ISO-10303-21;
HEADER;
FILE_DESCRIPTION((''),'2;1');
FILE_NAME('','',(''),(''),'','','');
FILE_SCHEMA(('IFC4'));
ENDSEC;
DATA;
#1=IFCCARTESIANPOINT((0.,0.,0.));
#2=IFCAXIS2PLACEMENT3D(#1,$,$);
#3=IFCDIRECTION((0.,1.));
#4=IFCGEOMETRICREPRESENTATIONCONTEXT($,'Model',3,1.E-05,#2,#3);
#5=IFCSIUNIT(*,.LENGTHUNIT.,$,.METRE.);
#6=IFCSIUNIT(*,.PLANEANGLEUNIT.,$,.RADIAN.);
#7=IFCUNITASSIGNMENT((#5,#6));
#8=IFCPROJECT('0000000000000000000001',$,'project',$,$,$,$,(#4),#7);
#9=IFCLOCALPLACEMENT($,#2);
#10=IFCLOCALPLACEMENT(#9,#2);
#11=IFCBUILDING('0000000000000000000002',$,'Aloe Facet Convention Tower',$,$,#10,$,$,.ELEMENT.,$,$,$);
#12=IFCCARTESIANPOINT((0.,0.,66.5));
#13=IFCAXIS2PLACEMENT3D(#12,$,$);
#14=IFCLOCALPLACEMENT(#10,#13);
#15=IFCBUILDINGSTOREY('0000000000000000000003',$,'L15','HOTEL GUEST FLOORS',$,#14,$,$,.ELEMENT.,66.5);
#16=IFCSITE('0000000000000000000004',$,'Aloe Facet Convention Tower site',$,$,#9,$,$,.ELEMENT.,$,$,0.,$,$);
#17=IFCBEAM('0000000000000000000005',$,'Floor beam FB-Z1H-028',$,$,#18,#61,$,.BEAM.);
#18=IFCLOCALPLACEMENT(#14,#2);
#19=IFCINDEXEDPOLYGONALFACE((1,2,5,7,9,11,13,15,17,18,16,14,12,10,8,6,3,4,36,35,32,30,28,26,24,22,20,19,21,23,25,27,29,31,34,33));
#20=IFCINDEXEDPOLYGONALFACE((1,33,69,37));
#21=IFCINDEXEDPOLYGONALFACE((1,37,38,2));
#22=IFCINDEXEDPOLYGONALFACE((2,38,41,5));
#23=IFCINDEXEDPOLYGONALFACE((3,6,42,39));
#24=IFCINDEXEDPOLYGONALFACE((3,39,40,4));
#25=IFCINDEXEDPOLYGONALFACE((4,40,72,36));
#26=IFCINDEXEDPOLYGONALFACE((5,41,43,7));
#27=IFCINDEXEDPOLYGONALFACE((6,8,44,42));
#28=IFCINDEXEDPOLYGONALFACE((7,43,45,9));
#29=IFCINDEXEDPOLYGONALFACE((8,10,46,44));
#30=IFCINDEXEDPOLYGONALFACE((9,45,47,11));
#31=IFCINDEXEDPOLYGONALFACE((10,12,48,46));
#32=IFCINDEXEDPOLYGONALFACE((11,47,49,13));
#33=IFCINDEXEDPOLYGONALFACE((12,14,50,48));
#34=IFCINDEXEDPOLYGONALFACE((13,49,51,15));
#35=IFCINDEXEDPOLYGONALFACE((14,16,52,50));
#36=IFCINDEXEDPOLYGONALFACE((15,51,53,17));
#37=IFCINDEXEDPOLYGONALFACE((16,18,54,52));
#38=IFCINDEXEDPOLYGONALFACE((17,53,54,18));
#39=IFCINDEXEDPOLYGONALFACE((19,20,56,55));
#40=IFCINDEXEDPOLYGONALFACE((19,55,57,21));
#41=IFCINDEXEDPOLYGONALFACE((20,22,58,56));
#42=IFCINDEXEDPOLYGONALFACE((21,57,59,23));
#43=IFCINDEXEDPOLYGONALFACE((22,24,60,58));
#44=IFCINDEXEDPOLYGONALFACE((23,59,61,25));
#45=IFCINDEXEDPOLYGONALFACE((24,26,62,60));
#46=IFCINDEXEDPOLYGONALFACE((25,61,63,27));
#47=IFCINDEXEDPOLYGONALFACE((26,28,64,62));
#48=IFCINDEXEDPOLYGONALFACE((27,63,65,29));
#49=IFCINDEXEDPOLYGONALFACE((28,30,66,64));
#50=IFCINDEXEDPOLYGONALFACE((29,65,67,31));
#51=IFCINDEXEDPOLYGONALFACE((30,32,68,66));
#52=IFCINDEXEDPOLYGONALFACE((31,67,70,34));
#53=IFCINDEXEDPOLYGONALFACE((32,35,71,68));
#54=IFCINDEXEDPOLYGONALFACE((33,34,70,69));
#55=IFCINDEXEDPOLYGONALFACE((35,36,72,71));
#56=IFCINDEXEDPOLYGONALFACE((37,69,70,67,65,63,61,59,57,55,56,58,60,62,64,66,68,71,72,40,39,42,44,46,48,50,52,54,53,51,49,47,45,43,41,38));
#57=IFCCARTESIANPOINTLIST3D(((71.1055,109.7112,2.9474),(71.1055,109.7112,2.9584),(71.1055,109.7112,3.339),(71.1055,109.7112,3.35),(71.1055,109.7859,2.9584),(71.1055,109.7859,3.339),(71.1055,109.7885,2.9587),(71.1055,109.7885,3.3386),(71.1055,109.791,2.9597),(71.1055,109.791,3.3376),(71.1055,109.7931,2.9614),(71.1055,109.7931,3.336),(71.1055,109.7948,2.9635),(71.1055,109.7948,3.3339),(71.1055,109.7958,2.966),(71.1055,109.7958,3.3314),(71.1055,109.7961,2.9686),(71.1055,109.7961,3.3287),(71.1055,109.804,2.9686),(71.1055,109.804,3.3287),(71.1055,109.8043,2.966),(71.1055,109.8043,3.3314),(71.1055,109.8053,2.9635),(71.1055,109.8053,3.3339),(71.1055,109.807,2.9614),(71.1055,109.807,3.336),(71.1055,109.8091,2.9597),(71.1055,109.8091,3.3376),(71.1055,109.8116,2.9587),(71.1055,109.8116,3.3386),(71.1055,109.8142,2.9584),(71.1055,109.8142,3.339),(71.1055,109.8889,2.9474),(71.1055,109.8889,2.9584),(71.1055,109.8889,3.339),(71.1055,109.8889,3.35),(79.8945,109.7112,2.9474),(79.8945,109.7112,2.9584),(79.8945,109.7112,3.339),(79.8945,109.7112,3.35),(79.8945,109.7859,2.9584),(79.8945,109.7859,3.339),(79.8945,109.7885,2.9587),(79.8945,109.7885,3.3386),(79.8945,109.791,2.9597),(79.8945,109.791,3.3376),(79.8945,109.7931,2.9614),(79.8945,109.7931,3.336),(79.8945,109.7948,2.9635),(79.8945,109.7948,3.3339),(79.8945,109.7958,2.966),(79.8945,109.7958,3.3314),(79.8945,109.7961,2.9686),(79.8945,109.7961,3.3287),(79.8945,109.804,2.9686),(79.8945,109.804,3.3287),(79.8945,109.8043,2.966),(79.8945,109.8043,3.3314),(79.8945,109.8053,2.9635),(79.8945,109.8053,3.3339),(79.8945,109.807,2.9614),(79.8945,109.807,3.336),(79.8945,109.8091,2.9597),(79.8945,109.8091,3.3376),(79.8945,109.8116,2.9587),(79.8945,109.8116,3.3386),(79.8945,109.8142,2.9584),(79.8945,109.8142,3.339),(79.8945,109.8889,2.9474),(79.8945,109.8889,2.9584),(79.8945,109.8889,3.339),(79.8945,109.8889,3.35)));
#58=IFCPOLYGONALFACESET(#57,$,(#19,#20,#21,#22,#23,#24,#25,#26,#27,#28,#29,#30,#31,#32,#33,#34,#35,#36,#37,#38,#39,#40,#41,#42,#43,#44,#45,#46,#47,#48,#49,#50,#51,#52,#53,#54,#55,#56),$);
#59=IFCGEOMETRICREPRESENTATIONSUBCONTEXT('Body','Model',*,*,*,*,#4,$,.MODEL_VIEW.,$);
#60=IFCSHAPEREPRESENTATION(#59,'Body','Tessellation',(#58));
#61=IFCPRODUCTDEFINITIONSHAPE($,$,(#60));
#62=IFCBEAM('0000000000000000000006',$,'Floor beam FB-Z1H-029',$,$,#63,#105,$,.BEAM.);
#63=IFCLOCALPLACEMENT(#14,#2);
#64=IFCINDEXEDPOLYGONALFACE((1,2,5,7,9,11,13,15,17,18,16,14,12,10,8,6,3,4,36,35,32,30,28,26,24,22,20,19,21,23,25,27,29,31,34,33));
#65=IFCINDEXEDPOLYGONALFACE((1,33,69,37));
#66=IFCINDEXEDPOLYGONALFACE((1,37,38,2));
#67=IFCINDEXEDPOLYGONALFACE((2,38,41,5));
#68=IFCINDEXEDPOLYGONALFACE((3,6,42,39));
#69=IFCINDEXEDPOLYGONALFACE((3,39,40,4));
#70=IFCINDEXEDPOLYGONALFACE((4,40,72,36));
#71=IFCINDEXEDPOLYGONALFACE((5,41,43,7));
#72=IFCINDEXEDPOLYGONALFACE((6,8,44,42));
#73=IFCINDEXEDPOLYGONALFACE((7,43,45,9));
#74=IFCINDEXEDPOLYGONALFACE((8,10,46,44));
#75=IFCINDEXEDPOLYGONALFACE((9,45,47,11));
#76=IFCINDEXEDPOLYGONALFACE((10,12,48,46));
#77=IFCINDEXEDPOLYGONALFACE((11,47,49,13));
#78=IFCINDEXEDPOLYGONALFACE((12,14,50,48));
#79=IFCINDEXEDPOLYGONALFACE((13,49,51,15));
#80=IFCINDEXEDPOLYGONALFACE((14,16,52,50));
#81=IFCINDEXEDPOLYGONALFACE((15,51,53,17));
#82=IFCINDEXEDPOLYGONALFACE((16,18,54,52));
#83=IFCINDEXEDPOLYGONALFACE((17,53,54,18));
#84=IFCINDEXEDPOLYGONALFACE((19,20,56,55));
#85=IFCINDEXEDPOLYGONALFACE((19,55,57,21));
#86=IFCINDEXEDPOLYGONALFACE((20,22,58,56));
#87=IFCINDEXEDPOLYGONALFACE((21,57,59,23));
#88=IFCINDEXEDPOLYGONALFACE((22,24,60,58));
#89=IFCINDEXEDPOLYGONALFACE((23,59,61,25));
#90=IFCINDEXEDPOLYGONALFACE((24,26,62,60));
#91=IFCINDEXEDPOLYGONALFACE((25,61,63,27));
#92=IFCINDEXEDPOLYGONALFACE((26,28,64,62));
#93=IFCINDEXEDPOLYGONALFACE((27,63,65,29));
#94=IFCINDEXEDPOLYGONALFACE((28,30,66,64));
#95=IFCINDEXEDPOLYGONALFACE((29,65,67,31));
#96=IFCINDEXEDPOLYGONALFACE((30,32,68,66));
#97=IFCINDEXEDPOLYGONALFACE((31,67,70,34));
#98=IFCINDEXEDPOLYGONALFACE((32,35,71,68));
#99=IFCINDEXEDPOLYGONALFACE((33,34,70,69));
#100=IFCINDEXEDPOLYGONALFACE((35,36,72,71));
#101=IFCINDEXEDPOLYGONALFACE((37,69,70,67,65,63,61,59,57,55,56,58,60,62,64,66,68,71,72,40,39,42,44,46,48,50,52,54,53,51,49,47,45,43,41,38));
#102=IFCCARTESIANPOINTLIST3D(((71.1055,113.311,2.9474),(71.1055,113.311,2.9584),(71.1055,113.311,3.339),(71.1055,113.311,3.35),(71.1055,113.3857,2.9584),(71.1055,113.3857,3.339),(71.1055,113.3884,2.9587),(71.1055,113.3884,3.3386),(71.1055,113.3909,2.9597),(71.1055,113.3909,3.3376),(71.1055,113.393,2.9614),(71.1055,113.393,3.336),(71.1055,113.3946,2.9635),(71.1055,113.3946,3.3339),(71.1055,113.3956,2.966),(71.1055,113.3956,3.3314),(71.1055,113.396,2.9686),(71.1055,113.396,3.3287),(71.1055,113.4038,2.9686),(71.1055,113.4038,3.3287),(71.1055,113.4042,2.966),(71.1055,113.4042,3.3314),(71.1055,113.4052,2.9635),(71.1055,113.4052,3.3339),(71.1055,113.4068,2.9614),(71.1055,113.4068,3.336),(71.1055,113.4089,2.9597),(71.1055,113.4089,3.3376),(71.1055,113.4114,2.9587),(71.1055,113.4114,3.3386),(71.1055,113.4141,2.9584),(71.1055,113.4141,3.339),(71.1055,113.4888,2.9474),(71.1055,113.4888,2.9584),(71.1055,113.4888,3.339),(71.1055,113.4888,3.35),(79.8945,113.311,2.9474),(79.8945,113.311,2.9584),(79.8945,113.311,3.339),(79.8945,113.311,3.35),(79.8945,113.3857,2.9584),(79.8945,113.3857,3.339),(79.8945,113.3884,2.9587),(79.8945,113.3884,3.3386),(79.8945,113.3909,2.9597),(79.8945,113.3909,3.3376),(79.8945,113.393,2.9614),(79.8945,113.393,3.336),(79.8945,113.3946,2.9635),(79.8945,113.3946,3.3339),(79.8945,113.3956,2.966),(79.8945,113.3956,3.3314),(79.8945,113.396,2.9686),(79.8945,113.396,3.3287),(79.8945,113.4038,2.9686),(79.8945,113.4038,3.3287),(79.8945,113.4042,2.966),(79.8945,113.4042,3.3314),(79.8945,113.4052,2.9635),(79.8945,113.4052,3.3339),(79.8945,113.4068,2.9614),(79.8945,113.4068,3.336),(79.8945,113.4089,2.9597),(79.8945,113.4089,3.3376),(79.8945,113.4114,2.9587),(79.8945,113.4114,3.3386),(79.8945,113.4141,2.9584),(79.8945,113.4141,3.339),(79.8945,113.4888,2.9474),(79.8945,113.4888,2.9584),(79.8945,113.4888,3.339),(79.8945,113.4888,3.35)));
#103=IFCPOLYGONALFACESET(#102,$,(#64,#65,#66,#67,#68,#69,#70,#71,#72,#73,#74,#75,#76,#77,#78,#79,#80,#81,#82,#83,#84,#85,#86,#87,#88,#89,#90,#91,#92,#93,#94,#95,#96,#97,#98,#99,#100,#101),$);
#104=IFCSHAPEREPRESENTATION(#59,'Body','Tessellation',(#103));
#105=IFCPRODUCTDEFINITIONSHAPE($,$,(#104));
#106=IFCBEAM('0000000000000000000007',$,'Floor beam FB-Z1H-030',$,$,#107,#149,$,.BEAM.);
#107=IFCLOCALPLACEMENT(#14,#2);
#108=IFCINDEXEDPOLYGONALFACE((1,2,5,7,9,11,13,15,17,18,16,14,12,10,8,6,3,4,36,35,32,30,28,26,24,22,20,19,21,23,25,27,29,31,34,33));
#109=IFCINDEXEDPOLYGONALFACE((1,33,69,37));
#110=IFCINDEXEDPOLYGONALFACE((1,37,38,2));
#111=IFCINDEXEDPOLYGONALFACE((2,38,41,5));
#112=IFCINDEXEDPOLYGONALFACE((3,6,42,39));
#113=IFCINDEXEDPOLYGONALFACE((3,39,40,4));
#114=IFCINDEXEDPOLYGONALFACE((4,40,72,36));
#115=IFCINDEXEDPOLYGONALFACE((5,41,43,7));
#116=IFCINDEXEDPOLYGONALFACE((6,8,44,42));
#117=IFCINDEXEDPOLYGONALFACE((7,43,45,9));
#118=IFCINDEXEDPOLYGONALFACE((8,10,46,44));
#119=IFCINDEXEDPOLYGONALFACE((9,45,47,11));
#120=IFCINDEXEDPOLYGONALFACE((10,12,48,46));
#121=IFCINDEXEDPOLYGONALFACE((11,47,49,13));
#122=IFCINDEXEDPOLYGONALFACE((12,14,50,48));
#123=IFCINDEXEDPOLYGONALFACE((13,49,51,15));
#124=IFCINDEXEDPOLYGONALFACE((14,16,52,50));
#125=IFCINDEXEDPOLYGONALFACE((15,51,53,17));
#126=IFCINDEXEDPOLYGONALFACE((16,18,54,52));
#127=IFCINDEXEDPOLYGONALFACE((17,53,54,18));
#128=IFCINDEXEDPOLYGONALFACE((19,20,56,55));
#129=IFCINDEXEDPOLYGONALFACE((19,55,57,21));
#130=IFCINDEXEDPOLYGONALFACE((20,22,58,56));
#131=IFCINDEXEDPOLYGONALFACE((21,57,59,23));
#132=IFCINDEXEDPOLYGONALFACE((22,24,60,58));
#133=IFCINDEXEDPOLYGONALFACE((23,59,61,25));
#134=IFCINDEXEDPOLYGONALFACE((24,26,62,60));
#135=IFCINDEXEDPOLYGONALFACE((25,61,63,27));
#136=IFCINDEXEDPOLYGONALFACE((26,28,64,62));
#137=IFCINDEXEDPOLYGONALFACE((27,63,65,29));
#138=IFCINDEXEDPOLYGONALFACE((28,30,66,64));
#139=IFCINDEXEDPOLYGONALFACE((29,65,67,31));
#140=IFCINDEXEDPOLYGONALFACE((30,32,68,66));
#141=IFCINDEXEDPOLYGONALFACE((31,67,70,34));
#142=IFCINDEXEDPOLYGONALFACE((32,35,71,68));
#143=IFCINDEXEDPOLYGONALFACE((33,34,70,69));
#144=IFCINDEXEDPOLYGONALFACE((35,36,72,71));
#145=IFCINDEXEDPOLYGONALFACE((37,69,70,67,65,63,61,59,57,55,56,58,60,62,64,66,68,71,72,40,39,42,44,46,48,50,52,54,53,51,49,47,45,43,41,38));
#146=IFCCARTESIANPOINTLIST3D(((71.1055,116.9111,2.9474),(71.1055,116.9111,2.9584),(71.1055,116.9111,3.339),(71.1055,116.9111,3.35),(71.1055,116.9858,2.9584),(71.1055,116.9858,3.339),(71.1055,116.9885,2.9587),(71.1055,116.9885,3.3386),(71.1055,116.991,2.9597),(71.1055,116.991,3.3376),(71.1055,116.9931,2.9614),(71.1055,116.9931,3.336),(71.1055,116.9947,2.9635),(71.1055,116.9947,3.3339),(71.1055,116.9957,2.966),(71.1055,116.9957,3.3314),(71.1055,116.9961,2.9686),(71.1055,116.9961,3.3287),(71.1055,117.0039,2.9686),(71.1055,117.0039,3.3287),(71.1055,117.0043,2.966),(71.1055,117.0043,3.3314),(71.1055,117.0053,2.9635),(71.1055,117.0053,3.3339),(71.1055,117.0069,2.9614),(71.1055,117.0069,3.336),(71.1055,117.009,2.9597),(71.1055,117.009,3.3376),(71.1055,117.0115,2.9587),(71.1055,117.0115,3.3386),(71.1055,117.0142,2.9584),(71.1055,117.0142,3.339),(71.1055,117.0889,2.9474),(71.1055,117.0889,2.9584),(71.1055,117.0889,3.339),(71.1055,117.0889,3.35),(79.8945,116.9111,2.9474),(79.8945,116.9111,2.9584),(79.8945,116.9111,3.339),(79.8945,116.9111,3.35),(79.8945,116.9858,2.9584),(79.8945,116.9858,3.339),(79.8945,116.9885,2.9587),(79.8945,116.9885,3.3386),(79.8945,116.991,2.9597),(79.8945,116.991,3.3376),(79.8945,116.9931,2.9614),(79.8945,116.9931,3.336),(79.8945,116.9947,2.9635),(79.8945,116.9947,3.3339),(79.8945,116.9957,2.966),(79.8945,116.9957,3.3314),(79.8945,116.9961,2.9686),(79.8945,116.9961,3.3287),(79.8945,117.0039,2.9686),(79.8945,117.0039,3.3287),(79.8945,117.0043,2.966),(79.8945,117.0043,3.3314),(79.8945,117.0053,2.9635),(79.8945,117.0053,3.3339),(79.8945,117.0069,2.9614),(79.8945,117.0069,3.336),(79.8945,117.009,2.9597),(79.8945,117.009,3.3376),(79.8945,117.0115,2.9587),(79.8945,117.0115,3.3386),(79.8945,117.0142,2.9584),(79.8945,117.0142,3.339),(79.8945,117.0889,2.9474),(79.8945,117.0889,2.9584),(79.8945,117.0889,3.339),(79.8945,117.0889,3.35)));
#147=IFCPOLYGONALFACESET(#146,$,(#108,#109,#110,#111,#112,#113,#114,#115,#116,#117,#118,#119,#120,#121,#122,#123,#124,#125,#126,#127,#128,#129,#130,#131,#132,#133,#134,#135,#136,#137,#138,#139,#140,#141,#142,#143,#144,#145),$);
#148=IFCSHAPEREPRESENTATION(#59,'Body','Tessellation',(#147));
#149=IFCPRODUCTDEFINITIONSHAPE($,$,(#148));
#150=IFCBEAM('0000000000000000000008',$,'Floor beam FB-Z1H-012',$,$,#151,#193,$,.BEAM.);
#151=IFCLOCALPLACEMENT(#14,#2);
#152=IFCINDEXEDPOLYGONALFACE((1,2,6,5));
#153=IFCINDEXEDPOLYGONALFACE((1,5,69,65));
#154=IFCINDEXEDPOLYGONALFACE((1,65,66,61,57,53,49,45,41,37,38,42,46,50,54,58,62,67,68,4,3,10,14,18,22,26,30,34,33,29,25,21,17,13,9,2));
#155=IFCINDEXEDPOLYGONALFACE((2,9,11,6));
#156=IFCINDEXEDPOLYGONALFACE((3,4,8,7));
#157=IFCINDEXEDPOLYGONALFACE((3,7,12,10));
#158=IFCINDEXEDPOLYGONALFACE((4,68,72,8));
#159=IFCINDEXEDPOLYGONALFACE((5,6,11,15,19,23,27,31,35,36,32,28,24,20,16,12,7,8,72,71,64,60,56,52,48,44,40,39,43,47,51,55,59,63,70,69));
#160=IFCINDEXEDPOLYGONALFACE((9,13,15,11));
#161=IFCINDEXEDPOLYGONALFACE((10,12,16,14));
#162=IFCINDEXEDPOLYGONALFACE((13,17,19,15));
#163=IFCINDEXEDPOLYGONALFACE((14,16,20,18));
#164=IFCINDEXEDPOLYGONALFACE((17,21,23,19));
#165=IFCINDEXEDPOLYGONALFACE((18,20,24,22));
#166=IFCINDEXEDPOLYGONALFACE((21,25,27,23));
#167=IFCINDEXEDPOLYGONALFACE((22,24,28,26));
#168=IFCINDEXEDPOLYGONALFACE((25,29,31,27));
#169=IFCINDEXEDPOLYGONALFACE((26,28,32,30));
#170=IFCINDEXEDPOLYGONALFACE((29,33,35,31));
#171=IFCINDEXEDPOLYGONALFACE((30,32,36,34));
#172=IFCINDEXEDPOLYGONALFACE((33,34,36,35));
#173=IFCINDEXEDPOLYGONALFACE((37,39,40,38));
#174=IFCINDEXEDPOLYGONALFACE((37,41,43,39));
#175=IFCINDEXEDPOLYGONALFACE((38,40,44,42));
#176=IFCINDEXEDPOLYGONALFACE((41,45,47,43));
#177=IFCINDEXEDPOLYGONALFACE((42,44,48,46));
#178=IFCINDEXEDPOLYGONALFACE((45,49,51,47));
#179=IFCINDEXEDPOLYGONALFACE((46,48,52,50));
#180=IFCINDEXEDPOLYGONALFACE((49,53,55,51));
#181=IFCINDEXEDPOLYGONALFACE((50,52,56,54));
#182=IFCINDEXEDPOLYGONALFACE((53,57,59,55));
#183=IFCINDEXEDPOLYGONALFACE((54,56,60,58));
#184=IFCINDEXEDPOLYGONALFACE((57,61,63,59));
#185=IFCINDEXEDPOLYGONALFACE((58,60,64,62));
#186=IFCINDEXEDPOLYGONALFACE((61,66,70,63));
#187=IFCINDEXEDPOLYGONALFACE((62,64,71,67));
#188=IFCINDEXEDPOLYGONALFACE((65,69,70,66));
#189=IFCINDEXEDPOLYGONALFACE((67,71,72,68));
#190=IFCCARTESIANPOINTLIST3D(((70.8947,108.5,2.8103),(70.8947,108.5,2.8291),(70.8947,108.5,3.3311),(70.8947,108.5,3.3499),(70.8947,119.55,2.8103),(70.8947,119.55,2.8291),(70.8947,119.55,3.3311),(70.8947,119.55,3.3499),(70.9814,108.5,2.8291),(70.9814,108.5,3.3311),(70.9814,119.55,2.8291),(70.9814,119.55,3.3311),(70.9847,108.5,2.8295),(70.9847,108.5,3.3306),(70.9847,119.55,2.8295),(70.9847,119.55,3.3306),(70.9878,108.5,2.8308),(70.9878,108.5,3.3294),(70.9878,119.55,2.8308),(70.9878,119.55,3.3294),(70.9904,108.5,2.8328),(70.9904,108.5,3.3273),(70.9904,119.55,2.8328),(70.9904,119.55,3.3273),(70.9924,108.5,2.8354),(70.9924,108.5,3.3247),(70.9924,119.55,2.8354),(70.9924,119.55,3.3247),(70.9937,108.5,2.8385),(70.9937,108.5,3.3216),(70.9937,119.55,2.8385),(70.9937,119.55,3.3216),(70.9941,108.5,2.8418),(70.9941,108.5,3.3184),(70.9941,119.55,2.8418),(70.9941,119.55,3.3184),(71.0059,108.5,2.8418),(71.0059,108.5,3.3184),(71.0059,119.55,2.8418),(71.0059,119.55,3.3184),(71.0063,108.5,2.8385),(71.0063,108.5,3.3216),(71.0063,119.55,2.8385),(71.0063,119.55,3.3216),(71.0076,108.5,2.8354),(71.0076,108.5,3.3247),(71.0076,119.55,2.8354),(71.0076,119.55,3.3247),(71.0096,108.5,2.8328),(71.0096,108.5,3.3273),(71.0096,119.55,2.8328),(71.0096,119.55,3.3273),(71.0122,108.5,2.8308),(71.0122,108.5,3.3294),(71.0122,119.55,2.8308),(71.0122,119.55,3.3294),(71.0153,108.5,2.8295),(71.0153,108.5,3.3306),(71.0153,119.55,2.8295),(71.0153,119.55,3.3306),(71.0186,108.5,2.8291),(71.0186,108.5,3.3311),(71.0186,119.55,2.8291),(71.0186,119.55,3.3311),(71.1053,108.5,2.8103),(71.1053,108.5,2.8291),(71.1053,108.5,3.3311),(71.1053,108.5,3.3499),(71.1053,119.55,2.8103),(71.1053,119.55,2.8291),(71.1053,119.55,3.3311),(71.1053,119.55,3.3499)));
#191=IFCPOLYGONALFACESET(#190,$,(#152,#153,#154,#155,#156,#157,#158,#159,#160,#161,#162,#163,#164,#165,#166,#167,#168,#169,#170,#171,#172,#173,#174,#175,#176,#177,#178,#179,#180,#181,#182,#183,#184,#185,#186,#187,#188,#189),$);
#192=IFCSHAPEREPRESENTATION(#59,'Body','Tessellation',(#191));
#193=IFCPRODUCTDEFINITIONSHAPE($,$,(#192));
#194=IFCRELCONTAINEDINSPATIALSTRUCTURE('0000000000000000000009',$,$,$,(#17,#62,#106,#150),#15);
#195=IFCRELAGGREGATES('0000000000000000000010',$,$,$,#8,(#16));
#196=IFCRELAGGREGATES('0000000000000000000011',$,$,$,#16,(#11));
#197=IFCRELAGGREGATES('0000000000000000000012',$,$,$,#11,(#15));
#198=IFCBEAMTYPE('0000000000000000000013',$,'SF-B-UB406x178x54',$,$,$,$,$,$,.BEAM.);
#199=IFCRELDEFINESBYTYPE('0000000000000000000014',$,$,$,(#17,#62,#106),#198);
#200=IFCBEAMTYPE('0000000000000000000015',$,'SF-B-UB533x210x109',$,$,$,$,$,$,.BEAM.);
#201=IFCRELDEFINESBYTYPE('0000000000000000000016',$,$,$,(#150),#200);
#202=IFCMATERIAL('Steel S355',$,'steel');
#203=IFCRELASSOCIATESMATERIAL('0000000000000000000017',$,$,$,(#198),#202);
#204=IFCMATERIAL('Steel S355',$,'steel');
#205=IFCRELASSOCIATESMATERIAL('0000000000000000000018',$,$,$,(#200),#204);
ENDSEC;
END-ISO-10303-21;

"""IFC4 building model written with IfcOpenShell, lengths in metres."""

from ifc_helpers import new_model, si_unit, direction, frame, origin, origin_2d, place, context, subcontext, project, spatial, i_section, extrude, material, material_profile, profile_set, type_object, element, save


model = new_model("IFC4")

# Units and contexts
model_context = context("Model", 3, precision=1e-05, world=origin(), true_north=direction((0.0, 1.0)))
body_context = subcontext(model_context, "Body", "Model", "MODEL_VIEW")
ifc_project = project(units=[si_unit("LENGTHUNIT", "METRE"), si_unit("PLANEANGLEUNIT", "RADIAN")], contexts=[model_context])

# Site, building, storey
site_placement = place(None, origin())
site = spatial("IfcSite", under=ifc_project, at=site_placement, Name="Aloe Facet Convention Tower site", CompositionType="ELEMENT", RefElevation=0.0)
building_placement = place(site_placement, origin())
building = spatial("IfcBuilding", under=site, at=building_placement, Name="Aloe Facet Convention Tower", CompositionType="ELEMENT")
storey_placement = place(building_placement, frame((0.0, 0.0, 66.5)))
storey = spatial("IfcBuildingStorey", under=building, at=storey_placement, Name="L15", Description="HOTEL GUEST FLOORS", CompositionType="ELEMENT", Elevation=66.5)

# Beams
ifc_material_1 = material(Name="Steel S355", Category="steel")
ifc_material_profile_1 = material_profile(ifc_material_1, i_section(OverallWidth=0.1777, OverallDepth=0.4026, WebThickness=0.0078, FlangeThickness=0.011, FilletRadius=0.0103, at=origin_2d()), Name="UB 406x178x54")
ifc_profile_set_1 = profile_set([ifc_material_profile_1], Name="Steel S355")
beam_type_1 = type_object("IfcBeamType", Name="SF-B-UB406x178x54", PredefinedType="BEAM", material=ifc_profile_set_1)
for number, where, z_axis, x_axis, name in (
    (1, (71.1055, 109.8, 3.1487), (1.0, 0.0, 0.0), (0.0, 1.0, 0.0), "Floor beam FB-Z1H-028"),
    (2, (71.1055, 113.3999, 3.1487), (1.0, 0.0, 0.0), (0.0, 1.0, 0.0), "Floor beam FB-Z1H-029"),
    (3, (71.1055, 117.0, 3.1487), (1.0, 0.0, 0.0), (0.0, 1.0, 0.0), "Floor beam FB-Z1H-030"),
):
    element("IfcBeam", number, at=place(storey_placement, frame(where, z_axis=z_axis, x_axis=x_axis)), inside=storey, type_object=beam_type_1, Name=name, PredefinedType="BEAM", context=body_context, shape_type="SweptSolid", body=[
        extrude(i_section(OverallWidth=0.1777, OverallDepth=0.4026, WebThickness=0.0078, FlangeThickness=0.011, FilletRadius=0.0103, at=origin_2d()), origin(), (0.0, 0.0, 1.0), 8.7891),
    ])
ifc_material_2 = material(Name="Steel S355", Category="steel")
ifc_material_profile_2 = material_profile(ifc_material_2, i_section(OverallWidth=0.2107, OverallDepth=0.5396, WebThickness=0.0117, FlangeThickness=0.0188, FilletRadius=0.0127, at=origin_2d()), Name="UB 533x210x109")
ifc_profile_set_2 = profile_set([ifc_material_profile_2], Name="Steel S355")
beam_type_2 = type_object("IfcBeamType", Name="SF-B-UB533x210x109", PredefinedType="BEAM", material=ifc_profile_set_2)
beam_placement = place(storey_placement, frame((71.0, 119.55, 3.0801), z_axis=(0.0, -1.0, 0.0), x_axis=(1.0, 0.0, 0.0)))
element("IfcBeam", 4, at=beam_placement, inside=storey, type_object=beam_type_2, Name="Floor beam FB-Z1H-012", PredefinedType="BEAM", context=body_context, shape_type="SweptSolid", body=[
    extrude(i_section(OverallWidth=0.2107, OverallDepth=0.5396, WebThickness=0.0117, FlangeThickness=0.0188, FilletRadius=0.0127, at=origin_2d()), origin(), (0.0, 0.0, 1.0), 11.05),
])

save(model, "model.ifc")
